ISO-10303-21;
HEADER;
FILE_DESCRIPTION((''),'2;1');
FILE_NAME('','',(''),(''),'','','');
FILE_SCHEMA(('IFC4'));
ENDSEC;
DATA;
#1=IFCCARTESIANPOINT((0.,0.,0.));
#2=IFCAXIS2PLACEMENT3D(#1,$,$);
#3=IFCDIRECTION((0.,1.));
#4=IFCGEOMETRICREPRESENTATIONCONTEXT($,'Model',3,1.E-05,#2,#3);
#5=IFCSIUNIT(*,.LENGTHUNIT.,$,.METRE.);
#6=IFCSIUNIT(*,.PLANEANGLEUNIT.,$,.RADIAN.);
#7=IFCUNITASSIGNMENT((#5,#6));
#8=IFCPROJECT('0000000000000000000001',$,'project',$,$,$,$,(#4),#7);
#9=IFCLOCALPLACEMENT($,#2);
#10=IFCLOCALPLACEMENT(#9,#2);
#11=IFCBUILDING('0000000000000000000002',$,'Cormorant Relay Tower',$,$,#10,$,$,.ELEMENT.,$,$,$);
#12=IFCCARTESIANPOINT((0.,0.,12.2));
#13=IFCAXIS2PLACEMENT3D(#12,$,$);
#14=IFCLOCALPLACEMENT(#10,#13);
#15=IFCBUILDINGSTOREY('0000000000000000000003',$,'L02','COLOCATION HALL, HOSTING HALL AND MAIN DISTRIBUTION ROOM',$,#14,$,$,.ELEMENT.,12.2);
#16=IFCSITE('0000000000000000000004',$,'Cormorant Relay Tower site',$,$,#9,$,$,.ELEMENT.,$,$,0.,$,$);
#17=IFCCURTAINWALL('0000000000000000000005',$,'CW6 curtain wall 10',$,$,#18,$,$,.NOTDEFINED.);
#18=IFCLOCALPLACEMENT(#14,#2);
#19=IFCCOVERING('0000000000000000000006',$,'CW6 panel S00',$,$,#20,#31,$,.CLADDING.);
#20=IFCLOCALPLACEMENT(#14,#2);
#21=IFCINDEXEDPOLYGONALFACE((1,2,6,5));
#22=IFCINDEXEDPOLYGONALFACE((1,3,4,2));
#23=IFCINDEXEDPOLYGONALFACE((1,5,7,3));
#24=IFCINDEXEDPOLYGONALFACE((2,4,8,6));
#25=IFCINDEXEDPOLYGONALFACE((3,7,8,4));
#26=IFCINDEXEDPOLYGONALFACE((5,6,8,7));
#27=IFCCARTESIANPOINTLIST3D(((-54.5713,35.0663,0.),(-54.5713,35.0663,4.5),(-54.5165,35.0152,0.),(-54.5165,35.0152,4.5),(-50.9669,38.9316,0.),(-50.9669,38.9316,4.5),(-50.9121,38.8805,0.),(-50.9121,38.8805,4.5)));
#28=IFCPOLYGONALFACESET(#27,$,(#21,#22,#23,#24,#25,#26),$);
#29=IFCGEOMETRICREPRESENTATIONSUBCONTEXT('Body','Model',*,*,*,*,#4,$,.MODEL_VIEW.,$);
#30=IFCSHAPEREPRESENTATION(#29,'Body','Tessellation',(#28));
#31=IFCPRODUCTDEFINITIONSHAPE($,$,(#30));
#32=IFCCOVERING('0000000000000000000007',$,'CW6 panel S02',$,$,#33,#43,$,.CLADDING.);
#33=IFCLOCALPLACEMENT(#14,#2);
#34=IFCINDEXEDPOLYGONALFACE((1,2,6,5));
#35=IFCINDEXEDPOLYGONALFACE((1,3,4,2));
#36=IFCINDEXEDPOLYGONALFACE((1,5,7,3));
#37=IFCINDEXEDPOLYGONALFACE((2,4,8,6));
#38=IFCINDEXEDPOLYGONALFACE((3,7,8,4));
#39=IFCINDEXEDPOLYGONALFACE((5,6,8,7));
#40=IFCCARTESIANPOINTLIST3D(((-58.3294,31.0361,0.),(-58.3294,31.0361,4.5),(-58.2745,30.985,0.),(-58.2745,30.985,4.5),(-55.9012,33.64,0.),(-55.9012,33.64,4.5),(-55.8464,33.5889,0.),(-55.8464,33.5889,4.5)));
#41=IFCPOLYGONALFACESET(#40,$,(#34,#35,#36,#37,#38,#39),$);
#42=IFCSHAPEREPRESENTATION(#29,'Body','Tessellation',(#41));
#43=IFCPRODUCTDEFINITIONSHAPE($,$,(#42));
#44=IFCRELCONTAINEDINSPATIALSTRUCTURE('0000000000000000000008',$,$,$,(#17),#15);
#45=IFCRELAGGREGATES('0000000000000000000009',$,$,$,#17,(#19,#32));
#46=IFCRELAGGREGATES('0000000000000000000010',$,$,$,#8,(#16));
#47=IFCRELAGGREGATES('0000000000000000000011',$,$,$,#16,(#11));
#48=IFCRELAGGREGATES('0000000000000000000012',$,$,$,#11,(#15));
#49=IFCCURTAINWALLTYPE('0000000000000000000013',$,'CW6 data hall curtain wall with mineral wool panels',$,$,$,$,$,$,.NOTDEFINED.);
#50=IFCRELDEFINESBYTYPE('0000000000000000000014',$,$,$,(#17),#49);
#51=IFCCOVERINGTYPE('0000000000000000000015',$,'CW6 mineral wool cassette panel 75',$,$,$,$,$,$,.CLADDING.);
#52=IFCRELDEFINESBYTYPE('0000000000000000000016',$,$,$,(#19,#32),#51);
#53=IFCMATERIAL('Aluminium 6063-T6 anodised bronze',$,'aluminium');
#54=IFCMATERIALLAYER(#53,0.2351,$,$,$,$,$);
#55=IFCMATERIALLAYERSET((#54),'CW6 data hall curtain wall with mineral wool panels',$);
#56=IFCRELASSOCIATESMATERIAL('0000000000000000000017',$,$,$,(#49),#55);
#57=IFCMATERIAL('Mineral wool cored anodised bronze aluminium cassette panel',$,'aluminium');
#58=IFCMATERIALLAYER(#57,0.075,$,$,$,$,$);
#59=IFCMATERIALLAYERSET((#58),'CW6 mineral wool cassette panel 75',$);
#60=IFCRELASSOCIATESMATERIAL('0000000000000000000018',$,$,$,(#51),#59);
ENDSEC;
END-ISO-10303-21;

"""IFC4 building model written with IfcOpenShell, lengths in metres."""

from ifc_helpers import new_model, si_unit, direction, frame, origin, origin_2d, place, context, subcontext, project, spatial, rectangle, extrude, material, layer, layer_set, type_object, element, aggregate, save


model = new_model("IFC4")

# Units and contexts
model_context = context("Model", 3, precision=1e-05, world=origin(), true_north=direction((0.0, 1.0)))
body_context = subcontext(model_context, "Body", "Model", "MODEL_VIEW")
ifc_project = project(units=[si_unit("LENGTHUNIT", "METRE"), si_unit("PLANEANGLEUNIT", "RADIAN")], contexts=[model_context])

# Site, building, storey
site_placement = place(None, origin())
site = spatial("IfcSite", under=ifc_project, at=site_placement, Name="Cormorant Relay Tower site", CompositionType="ELEMENT", RefElevation=0.0)
building_placement = place(site_placement, origin())
building = spatial("IfcBuilding", under=site, at=building_placement, Name="Cormorant Relay Tower", CompositionType="ELEMENT")
storey_placement = place(building_placement, frame((0.0, 0.0, 12.2)))
storey = spatial("IfcBuildingStorey", under=building, at=storey_placement, Name="L02", Description="COLOCATION HALL, HOSTING HALL AND MAIN DISTRIBUTION ROOM", CompositionType="ELEMENT", Elevation=12.2)

# Shared definitions
ifc_material_1 = material(Name="Aluminium 6063-T6 anodised bronze", Category="aluminium")
ifc_layer_1 = layer(ifc_material_1, 0.2351)
ifc_layer_set_1 = layer_set([ifc_layer_1], Name="CW6 data hall curtain wall with mineral wool panels")
curtain_wall_type = type_object("IfcCurtainWallType", Name="CW6 data hall curtain wall with mineral wool panels", PredefinedType="NOTDEFINED", material=ifc_layer_set_1)

# Curtain wall
curtain_wall_1_placement = place(storey_placement, origin())
curtain_wall_1 = element("IfcCurtainWall", 1, at=curtain_wall_1_placement, inside=storey, type_object=curtain_wall_type, Name="CW6 curtain wall 10", PredefinedType="NOTDEFINED")

# Coverings
ifc_material_2 = material(Name="Mineral wool cored anodised bronze aluminium cassette panel", Category="aluminium")
ifc_layer_2 = layer(ifc_material_2, 0.075)
ifc_layer_set_2 = layer_set([ifc_layer_2], Name="CW6 mineral wool cassette panel 75")
covering_type = type_object("IfcCoveringType", Name="CW6 mineral wool cassette panel 75", PredefinedType="CLADDING", material=ifc_layer_set_2)
covering_1_placement = place(storey_placement, frame((-52.7417, 36.9734, 0.0), z_axis=(0.0, 0.0, 1.0), x_axis=(-0.681998, -0.731354, 0.0)))
covering_1 = element("IfcCovering", 2, at=covering_1_placement, type_object=covering_type, Name="CW6 panel S00", PredefinedType="CLADDING", context=body_context, shape_type="SweptSolid", body=[
    extrude(rectangle(XDim=5.2852, YDim=0.075, at=origin_2d()), origin(), (0.0, 0.0, 1.0), 4.5),
])
covering_2_placement = place(storey_placement, frame((-57.0879, 32.3125, 0.0), z_axis=(0.0, 0.0, 1.0), x_axis=(-0.681998, -0.731354, 0.0)))
covering_2 = element("IfcCovering", 3, at=covering_2_placement, type_object=covering_type, Name="CW6 panel S02", PredefinedType="CLADDING", context=body_context, shape_type="SweptSolid", body=[
    extrude(rectangle(XDim=3.5603, YDim=0.075, at=origin_2d()), origin(), (0.0, 0.0, 1.0), 4.5),
])
aggregate(curtain_wall_1, [covering_1, covering_2])

save(model, "model.ifc")
